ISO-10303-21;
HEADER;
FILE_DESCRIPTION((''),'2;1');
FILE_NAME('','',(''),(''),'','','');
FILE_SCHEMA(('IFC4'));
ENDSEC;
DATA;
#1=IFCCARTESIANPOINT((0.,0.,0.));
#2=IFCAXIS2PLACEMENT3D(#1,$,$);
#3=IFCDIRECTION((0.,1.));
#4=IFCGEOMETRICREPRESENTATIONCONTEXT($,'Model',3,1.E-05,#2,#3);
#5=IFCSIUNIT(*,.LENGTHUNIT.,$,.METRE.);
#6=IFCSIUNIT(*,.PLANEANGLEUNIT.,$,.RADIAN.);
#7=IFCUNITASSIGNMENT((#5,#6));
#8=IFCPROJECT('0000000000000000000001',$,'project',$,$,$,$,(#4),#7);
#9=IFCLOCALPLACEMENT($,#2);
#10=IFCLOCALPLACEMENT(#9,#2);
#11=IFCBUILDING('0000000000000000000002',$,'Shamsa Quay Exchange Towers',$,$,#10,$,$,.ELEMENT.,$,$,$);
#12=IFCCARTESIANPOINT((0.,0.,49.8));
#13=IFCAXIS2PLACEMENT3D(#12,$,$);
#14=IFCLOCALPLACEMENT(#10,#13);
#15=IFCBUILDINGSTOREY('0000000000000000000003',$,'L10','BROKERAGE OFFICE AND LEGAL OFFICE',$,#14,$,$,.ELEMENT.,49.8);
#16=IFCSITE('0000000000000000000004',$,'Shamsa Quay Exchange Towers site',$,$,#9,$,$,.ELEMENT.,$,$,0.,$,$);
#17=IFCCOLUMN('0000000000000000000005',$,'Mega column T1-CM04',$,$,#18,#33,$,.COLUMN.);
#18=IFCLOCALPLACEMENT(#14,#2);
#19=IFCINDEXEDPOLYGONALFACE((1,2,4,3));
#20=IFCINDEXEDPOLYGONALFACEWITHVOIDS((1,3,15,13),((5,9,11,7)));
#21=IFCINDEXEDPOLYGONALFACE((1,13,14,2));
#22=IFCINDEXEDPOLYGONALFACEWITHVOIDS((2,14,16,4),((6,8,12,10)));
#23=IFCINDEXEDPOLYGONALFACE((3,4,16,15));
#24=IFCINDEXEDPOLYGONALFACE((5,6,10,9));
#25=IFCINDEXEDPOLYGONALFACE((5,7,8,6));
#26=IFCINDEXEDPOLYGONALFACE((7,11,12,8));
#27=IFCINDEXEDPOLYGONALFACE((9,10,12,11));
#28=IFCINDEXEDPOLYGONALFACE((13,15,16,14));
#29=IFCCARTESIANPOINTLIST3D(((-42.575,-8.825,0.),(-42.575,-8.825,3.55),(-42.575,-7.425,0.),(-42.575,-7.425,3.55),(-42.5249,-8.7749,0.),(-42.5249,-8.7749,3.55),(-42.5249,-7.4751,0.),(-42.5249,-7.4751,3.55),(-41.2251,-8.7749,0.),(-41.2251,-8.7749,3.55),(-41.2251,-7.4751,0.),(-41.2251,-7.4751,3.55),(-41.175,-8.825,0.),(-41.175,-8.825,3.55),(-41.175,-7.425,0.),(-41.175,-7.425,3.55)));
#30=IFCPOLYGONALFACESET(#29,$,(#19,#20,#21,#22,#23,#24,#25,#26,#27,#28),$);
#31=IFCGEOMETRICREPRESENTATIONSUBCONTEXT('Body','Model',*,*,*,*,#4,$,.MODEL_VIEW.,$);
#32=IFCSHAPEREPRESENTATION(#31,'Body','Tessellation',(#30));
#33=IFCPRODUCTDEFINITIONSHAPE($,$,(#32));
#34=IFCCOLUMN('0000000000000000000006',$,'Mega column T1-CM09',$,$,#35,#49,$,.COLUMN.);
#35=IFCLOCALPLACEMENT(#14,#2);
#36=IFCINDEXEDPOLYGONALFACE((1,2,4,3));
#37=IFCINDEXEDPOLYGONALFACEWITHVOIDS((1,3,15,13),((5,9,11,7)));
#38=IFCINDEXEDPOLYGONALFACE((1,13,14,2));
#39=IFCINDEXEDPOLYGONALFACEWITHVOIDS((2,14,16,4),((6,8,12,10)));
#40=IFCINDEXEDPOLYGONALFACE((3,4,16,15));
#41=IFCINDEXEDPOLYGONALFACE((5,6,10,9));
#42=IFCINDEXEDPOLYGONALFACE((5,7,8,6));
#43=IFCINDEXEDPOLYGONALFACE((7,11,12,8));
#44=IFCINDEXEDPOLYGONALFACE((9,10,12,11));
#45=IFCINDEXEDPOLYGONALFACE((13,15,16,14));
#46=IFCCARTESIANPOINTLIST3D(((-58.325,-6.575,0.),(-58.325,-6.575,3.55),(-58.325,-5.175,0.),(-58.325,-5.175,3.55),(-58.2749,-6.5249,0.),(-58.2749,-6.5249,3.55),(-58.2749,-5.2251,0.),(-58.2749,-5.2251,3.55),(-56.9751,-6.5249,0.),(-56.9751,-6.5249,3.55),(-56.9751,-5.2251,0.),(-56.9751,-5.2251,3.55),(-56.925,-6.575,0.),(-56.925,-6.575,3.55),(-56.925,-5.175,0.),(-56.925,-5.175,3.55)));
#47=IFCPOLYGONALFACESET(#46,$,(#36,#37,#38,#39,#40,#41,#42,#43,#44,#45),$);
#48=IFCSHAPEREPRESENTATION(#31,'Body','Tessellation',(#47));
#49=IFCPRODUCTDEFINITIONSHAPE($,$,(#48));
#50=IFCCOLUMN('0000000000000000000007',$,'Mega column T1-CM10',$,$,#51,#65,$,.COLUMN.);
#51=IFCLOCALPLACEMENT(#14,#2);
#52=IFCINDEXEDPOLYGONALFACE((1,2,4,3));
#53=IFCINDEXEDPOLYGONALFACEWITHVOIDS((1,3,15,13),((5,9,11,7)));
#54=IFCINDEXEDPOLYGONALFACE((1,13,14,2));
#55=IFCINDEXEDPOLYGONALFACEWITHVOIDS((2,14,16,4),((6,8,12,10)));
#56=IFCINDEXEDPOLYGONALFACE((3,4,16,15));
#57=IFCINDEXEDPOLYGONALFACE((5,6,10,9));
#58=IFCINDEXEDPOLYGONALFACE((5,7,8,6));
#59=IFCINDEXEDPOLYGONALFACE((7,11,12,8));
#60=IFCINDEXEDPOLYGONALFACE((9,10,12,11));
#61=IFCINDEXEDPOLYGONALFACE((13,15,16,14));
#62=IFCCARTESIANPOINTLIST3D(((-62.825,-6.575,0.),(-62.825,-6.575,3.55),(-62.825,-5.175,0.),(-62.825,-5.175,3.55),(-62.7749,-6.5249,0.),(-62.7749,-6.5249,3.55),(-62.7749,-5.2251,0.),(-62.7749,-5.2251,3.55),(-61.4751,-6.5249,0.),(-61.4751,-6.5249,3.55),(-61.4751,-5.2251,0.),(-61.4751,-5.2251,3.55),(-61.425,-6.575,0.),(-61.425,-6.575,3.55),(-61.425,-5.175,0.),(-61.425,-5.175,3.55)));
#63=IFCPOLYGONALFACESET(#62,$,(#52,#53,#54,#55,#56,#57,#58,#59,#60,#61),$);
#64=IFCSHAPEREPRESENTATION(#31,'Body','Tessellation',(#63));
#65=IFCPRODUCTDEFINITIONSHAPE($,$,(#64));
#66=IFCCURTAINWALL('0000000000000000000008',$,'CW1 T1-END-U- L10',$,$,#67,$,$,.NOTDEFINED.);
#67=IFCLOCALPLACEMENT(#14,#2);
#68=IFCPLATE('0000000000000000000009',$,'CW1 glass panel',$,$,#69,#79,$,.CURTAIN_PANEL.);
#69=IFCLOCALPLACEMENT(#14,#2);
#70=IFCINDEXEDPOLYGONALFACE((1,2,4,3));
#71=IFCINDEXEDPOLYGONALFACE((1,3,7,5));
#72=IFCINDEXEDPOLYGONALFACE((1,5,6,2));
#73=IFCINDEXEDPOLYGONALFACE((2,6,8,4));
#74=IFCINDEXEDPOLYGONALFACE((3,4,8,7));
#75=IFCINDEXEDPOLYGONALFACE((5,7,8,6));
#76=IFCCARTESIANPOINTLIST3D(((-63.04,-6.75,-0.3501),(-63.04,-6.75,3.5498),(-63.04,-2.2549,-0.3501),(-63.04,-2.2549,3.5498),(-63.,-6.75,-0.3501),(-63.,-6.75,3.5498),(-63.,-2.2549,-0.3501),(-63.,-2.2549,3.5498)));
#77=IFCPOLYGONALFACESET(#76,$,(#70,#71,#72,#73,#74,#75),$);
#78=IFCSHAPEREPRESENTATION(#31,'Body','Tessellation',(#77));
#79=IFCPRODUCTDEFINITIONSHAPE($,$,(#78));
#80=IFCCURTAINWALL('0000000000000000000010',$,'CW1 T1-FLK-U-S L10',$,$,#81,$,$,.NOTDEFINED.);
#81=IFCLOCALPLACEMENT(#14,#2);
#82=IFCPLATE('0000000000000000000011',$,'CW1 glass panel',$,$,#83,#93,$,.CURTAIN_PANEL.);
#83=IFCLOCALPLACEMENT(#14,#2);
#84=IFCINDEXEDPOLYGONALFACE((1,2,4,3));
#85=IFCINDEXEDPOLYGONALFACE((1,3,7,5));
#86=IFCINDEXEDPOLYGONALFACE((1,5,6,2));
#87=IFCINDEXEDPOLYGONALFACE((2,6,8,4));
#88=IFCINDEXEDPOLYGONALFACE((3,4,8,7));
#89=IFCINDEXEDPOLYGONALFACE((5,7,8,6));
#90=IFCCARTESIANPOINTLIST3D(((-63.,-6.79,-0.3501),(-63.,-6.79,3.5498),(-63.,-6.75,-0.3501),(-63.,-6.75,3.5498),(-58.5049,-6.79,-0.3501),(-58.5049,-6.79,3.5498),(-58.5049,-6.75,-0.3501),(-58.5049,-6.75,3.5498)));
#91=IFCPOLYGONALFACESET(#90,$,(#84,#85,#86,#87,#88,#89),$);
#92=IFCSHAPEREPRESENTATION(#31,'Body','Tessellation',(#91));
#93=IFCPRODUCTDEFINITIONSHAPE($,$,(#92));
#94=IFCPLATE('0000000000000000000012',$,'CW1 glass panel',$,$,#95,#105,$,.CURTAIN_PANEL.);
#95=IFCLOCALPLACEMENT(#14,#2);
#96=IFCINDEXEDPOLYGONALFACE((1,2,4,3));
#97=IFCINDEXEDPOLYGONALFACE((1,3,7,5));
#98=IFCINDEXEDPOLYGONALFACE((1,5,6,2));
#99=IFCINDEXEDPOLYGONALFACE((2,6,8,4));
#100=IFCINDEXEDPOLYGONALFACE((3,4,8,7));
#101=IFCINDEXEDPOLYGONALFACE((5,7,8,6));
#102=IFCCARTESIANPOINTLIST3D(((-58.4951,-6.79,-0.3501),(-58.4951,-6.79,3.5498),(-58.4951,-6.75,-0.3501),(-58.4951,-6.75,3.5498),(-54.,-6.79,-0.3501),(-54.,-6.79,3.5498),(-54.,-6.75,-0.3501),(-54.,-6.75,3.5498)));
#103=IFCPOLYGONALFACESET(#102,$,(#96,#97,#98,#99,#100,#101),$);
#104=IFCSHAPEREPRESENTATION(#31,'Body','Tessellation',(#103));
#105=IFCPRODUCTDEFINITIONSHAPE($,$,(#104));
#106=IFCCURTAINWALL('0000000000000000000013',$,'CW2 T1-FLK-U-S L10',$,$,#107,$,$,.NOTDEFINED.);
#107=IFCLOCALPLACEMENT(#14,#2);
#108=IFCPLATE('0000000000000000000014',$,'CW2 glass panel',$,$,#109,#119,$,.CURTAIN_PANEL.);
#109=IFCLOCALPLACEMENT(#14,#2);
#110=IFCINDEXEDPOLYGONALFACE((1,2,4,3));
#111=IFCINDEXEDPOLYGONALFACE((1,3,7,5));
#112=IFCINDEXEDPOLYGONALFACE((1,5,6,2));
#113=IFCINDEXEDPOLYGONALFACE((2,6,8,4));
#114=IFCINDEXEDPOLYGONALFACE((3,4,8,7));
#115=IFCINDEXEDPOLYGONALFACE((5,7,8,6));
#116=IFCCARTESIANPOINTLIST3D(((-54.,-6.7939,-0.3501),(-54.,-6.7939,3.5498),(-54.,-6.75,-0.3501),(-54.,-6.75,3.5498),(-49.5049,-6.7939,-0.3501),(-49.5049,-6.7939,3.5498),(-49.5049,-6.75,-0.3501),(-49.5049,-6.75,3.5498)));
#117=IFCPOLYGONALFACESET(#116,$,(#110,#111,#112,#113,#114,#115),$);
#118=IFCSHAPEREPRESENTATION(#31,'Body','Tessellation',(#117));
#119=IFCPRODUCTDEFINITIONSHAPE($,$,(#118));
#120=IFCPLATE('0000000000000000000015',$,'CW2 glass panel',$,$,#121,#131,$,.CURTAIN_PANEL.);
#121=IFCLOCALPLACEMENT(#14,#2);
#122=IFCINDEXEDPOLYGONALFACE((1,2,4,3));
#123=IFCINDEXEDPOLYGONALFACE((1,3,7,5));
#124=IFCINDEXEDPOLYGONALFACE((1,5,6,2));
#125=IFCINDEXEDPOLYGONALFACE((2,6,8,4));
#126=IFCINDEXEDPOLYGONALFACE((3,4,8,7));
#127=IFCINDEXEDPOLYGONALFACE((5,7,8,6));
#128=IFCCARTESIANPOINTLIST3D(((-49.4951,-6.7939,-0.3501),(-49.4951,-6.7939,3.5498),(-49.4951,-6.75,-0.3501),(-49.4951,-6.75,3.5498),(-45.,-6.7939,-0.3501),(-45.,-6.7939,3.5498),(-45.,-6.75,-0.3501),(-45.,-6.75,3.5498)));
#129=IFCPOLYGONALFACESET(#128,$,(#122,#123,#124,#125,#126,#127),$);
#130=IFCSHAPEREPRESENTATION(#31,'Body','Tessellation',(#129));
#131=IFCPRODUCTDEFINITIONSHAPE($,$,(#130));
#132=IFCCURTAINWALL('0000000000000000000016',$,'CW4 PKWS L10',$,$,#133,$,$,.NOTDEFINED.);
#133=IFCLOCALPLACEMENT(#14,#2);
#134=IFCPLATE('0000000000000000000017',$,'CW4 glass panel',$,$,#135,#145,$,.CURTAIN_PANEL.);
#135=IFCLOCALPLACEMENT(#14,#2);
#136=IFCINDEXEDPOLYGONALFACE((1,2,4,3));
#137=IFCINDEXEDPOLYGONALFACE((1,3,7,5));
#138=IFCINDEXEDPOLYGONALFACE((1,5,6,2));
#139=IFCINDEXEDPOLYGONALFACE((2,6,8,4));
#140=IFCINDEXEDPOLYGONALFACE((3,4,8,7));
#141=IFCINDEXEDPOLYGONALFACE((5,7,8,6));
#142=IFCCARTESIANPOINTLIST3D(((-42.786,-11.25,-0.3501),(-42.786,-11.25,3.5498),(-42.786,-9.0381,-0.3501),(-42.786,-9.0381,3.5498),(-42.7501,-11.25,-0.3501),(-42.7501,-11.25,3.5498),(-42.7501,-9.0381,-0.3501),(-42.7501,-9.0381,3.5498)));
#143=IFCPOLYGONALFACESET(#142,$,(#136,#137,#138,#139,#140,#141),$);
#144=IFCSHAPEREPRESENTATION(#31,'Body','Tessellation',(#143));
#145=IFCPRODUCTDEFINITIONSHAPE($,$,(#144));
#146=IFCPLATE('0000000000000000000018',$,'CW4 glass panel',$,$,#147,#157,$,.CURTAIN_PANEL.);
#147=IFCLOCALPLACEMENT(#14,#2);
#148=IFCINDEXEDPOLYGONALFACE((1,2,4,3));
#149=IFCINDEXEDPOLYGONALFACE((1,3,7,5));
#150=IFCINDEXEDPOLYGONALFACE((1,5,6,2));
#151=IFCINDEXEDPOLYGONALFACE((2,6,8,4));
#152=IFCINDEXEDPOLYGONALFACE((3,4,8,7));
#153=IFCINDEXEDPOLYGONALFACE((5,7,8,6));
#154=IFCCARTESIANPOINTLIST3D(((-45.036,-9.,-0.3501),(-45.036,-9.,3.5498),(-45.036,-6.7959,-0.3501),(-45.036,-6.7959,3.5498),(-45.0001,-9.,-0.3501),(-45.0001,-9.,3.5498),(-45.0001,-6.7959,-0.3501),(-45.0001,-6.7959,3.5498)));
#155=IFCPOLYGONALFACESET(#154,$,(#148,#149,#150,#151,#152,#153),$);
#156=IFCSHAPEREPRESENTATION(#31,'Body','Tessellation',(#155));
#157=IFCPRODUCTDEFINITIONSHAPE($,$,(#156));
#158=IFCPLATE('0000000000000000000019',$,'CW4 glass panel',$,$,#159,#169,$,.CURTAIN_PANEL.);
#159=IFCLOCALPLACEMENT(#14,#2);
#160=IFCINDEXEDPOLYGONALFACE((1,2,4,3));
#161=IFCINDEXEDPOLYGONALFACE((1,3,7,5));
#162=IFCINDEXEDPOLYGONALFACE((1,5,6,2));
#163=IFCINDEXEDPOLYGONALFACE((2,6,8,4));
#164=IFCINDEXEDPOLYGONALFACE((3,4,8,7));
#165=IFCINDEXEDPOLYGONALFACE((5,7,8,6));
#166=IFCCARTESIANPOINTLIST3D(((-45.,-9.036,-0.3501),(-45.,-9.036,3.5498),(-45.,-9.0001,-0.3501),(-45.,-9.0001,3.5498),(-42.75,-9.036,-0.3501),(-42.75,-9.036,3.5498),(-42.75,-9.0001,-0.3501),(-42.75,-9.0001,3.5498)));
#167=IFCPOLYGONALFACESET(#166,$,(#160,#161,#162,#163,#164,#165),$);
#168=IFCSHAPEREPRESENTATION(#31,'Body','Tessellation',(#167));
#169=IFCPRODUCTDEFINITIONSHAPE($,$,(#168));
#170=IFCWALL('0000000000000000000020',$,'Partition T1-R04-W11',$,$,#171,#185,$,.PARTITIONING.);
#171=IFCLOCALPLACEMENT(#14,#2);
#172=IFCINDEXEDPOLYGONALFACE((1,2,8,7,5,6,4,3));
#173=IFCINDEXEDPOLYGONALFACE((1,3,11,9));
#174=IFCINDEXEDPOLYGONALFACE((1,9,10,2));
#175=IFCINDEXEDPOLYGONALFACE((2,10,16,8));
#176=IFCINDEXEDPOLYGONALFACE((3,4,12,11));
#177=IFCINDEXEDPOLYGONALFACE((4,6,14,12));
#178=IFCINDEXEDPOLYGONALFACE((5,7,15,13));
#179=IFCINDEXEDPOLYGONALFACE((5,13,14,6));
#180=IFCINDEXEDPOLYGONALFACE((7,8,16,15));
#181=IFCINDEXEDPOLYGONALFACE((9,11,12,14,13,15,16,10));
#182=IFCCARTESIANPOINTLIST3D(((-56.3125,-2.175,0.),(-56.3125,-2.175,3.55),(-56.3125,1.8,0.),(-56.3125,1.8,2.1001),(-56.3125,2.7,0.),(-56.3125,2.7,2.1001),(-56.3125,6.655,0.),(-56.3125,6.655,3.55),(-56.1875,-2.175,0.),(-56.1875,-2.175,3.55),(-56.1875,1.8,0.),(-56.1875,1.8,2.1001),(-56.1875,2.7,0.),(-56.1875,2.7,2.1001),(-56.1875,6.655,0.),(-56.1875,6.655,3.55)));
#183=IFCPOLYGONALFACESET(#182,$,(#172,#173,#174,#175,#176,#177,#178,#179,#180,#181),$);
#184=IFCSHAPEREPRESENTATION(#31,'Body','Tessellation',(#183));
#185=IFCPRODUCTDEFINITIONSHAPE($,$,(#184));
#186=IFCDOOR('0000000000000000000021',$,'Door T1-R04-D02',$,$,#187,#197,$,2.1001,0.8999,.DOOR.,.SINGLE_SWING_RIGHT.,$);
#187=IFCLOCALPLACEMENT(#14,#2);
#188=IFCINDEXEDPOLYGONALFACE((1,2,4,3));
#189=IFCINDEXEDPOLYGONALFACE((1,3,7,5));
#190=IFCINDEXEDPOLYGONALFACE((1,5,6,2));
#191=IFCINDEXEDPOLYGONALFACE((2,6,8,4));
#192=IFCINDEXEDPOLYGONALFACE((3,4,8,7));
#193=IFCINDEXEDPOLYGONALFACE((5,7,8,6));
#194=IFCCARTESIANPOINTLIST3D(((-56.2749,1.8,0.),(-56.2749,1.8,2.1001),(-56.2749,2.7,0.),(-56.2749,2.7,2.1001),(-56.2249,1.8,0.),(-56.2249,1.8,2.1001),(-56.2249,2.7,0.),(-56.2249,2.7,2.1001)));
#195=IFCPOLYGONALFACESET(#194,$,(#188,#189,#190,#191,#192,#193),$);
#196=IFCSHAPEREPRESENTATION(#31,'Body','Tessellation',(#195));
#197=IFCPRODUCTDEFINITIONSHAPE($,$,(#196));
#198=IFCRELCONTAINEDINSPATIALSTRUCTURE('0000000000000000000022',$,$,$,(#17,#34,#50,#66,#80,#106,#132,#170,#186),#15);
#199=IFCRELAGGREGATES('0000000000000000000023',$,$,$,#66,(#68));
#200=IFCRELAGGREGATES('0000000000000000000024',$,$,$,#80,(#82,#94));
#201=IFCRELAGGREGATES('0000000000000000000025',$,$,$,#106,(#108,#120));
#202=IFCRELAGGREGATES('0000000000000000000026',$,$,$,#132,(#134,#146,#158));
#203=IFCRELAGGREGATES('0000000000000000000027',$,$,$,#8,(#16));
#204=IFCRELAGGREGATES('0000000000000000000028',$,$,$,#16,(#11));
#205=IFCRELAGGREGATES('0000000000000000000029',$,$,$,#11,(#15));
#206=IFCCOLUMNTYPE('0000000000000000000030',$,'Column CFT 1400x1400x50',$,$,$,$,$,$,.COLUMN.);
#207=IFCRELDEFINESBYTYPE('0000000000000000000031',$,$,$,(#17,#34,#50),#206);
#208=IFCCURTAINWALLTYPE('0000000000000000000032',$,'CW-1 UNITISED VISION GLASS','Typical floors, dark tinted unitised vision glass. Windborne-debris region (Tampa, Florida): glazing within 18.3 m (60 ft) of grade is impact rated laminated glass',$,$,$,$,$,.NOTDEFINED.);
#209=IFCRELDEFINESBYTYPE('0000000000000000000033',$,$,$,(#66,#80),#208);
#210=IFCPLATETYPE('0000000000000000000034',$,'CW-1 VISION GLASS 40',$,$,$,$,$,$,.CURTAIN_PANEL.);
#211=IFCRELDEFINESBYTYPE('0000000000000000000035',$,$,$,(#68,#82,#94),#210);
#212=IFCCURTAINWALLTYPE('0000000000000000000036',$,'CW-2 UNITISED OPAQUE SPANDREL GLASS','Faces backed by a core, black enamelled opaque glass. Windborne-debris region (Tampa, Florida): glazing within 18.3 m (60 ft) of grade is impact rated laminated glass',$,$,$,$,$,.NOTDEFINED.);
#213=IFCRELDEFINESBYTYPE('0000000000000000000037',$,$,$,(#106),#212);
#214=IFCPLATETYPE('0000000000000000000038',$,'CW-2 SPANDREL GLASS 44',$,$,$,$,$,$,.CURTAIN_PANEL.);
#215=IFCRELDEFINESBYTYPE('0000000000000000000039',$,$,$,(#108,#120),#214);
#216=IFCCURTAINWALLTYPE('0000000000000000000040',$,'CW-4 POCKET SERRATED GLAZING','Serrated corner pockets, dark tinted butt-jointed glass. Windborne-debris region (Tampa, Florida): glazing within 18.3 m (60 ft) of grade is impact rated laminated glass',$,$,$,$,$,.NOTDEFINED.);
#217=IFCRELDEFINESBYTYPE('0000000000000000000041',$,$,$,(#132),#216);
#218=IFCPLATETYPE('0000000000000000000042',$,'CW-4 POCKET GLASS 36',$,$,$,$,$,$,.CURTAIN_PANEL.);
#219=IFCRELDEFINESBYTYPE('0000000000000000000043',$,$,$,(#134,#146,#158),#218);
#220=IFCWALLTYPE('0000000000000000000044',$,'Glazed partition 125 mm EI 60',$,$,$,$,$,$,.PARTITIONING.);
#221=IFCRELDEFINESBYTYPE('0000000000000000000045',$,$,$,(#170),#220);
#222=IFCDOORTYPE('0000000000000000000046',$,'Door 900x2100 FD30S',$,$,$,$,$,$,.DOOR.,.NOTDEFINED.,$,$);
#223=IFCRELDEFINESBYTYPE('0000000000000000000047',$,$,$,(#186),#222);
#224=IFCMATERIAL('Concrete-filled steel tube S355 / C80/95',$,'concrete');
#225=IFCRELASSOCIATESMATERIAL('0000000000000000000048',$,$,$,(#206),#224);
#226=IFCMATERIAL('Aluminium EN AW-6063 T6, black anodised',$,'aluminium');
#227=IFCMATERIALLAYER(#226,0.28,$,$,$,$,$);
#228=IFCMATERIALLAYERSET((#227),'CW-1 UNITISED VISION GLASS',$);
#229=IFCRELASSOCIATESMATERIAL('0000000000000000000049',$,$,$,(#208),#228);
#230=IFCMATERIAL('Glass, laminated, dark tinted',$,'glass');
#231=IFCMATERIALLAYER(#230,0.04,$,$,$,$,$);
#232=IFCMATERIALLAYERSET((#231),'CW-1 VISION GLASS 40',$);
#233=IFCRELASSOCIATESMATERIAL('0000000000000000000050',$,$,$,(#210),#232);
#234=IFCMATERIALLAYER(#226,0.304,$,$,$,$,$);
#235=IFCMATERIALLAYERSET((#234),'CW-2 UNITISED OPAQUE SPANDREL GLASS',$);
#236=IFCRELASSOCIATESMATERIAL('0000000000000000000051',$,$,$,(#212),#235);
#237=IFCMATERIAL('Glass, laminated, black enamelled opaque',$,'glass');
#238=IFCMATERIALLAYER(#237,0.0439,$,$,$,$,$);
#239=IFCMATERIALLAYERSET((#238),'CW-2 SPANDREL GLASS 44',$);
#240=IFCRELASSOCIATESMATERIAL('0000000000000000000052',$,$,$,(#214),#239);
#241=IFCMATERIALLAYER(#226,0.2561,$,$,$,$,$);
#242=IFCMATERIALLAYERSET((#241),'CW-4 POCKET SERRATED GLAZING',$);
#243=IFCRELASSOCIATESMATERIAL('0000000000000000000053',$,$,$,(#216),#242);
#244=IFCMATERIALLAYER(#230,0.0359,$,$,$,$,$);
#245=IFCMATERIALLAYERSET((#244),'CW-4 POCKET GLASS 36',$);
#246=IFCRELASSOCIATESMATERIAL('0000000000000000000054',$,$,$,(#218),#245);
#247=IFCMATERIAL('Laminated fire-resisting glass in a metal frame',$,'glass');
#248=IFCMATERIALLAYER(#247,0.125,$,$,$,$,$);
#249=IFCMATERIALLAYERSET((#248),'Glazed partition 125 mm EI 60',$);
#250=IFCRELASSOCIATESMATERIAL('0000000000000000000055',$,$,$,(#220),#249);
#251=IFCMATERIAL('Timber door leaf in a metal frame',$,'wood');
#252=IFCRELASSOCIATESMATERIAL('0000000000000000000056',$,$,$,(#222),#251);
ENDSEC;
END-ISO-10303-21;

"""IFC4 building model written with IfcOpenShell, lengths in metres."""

from ifc_helpers import new_model, si_unit, direction, frame, frame_2d, origin, origin_2d, place, context, subcontext, project, spatial, rectangle, hollow_rectangle, extrude, material, layer, layer_set, material_profile, profile_set, type_object, element, fill, aggregate, save


model = new_model("IFC4")

# Units and contexts
model_context = context("Model", 3, precision=1e-05, world=origin(), true_north=direction((0.0, 1.0)))
body_context = subcontext(model_context, "Body", "Model", "MODEL_VIEW")
ifc_project = project(units=[si_unit("LENGTHUNIT", "METRE"), si_unit("PLANEANGLEUNIT", "RADIAN")], contexts=[model_context])

# Site, building, storey
site_placement = place(None, origin())
site = spatial("IfcSite", under=ifc_project, at=site_placement, Name="Shamsa Quay Exchange Towers site", CompositionType="ELEMENT", RefElevation=0.0)
building_placement = place(site_placement, origin())
building = spatial("IfcBuilding", under=site, at=building_placement, Name="Shamsa Quay Exchange Towers", CompositionType="ELEMENT")
storey_placement = place(building_placement, frame((0.0, 0.0, 49.8)))
storey = spatial("IfcBuildingStorey", under=building, at=storey_placement, Name="L10", Description="BROKERAGE OFFICE AND LEGAL OFFICE", CompositionType="ELEMENT", Elevation=49.8)

# Columns
ifc_material_1 = material(Name="Concrete-filled steel tube S355 / C80/95", Category="concrete")
ifc_material_profile = material_profile(ifc_material_1, hollow_rectangle(XDim=1.3999, YDim=1.3999, WallThickness=0.05, at=origin_2d()), Name="CFT 1400x1400x50")
ifc_profile_set = profile_set([ifc_material_profile], Name="Concrete-filled steel tube S355 / C80/95")
column_type = type_object("IfcColumnType", Name="Column CFT 1400x1400x50", PredefinedType="COLUMN", material=ifc_profile_set)
for number, where, name in (
    (1, (-41.875, -8.125, 0.0), "Mega column T1-CM04"),
    (2, (-57.625, -5.875, 0.0), "Mega column T1-CM09"),
    (3, (-62.125, -5.875, 0.0), "Mega column T1-CM10"),
):
    element("IfcColumn", number, at=place(storey_placement, frame(where)), inside=storey, type_object=column_type, Name=name, PredefinedType="COLUMN", context=body_context, shape_type="SweptSolid", body=[
        extrude(hollow_rectangle(XDim=1.3999, YDim=1.3999, WallThickness=0.05, at=origin_2d()), origin(), (0.0, 0.0, 1.0), 3.55),
    ])

# Curtain wall, plate
ifc_material_2 = material(Name="Aluminium EN AW-6063 T6, black anodised", Category="aluminium")
ifc_layer_1 = layer(ifc_material_2, 0.28)
ifc_layer_set_1 = layer_set([ifc_layer_1], Name="CW-1 UNITISED VISION GLASS")
curtain_wall_type_1 = type_object("IfcCurtainWallType", Name="CW-1 UNITISED VISION GLASS", Description="Typical floors, dark tinted unitised vision glass. Windborne-debris region (Tampa, Florida): glazing within 18.3 m (60 ft) of grade is impact rated laminated glass", PredefinedType="NOTDEFINED", material=ifc_layer_set_1)
curtain_wall_1_placement = place(storey_placement, origin())
curtain_wall_1 = element("IfcCurtainWall", 4, at=curtain_wall_1_placement, inside=storey, type_object=curtain_wall_type_1, Name="CW1 T1-END-U- L10", PredefinedType="NOTDEFINED")
ifc_material_3 = material(Name="Glass, laminated, dark tinted", Category="glass")
ifc_layer_2 = layer(ifc_material_3, 0.04)
ifc_layer_set_2 = layer_set([ifc_layer_2], Name="CW-1 VISION GLASS 40")
plate_type_1 = type_object("IfcPlateType", Name="CW-1 VISION GLASS 40", PredefinedType="CURTAIN_PANEL", material=ifc_layer_set_2)
plate_1_placement = place(storey_placement, frame((-63.02, -4.5024, -0.3501), z_axis=(0.0, 0.0, 1.0), x_axis=(0.0, -1.0, 0.0)))
plate_1 = element("IfcPlate", 5, at=plate_1_placement, type_object=plate_type_1, Name="CW1 glass panel", PredefinedType="CURTAIN_PANEL", context=body_context, shape_type="SweptSolid", body=[
    extrude(rectangle(XDim=4.4951, YDim=0.04, at=origin_2d()), origin(), (0.0, 0.0, 1.0), 3.8999),
])
aggregate(curtain_wall_1, [plate_1])

# Curtain walls, plates
curtain_wall_2_placement = place(storey_placement, origin())
curtain_wall_2 = element("IfcCurtainWall", 6, at=curtain_wall_2_placement, inside=storey, type_object=curtain_wall_type_1, Name="CW1 T1-FLK-U-S L10", PredefinedType="NOTDEFINED")
plate_2_placement = place(storey_placement, frame((-60.7524, -6.77, -0.3501)))
plate_2 = element("IfcPlate", 7, at=plate_2_placement, type_object=plate_type_1, Name="CW1 glass panel", PredefinedType="CURTAIN_PANEL", context=body_context, shape_type="SweptSolid", body=[
    extrude(rectangle(XDim=4.4951, YDim=0.04, at=origin_2d()), origin(), (0.0, 0.0, 1.0), 3.8999),
])
plate_3_placement = place(storey_placement, frame((-56.2476, -6.77, -0.3501)))
plate_3 = element("IfcPlate", 8, at=plate_3_placement, type_object=plate_type_1, Name="CW1 glass panel", PredefinedType="CURTAIN_PANEL", context=body_context, shape_type="SweptSolid", body=[
    extrude(rectangle(XDim=4.4951, YDim=0.04, at=origin_2d()), origin(), (0.0, 0.0, 1.0), 3.8999),
])
aggregate(curtain_wall_2, [plate_2, plate_3])
ifc_layer_3 = layer(ifc_material_2, 0.304)
ifc_layer_set_3 = layer_set([ifc_layer_3], Name="CW-2 UNITISED OPAQUE SPANDREL GLASS")
curtain_wall_type_2 = type_object("IfcCurtainWallType", Name="CW-2 UNITISED OPAQUE SPANDREL GLASS", Description="Faces backed by a core, black enamelled opaque glass. Windborne-debris region (Tampa, Florida): glazing within 18.3 m (60 ft) of grade is impact rated laminated glass", PredefinedType="NOTDEFINED", material=ifc_layer_set_3)
curtain_wall_3_placement = place(storey_placement, origin())
curtain_wall_3 = element("IfcCurtainWall", 9, at=curtain_wall_3_placement, inside=storey, type_object=curtain_wall_type_2, Name="CW2 T1-FLK-U-S L10", PredefinedType="NOTDEFINED")
ifc_material_4 = material(Name="Glass, laminated, black enamelled opaque", Category="glass")
ifc_layer_4 = layer(ifc_material_4, 0.0439)
ifc_layer_set_4 = layer_set([ifc_layer_4], Name="CW-2 SPANDREL GLASS 44")
plate_type_2 = type_object("IfcPlateType", Name="CW-2 SPANDREL GLASS 44", PredefinedType="CURTAIN_PANEL", material=ifc_layer_set_4)
plate_4_placement = place(storey_placement, frame((-51.7524, -6.772, -0.3501)))
plate_4 = element("IfcPlate", 10, at=plate_4_placement, type_object=plate_type_2, Name="CW2 glass panel", PredefinedType="CURTAIN_PANEL", context=body_context, shape_type="SweptSolid", body=[
    extrude(rectangle(XDim=4.4951, YDim=0.0439, at=origin_2d()), origin(), (0.0, 0.0, 1.0), 3.8999),
])
plate_5_placement = place(storey_placement, frame((-47.2476, -6.772, -0.3501)))
plate_5 = element("IfcPlate", 11, at=plate_5_placement, type_object=plate_type_2, Name="CW2 glass panel", PredefinedType="CURTAIN_PANEL", context=body_context, shape_type="SweptSolid", body=[
    extrude(rectangle(XDim=4.4951, YDim=0.0439, at=origin_2d()), origin(), (0.0, 0.0, 1.0), 3.8999),
])
aggregate(curtain_wall_3, [plate_4, plate_5])
ifc_layer_5 = layer(ifc_material_2, 0.2561)
ifc_layer_set_5 = layer_set([ifc_layer_5], Name="CW-4 POCKET SERRATED GLAZING")
curtain_wall_type_3 = type_object("IfcCurtainWallType", Name="CW-4 POCKET SERRATED GLAZING", Description="Serrated corner pockets, dark tinted butt-jointed glass. Windborne-debris region (Tampa, Florida): glazing within 18.3 m (60 ft) of grade is impact rated laminated glass", PredefinedType="NOTDEFINED", material=ifc_layer_set_5)
curtain_wall_4_placement = place(storey_placement, origin())
curtain_wall_4 = element("IfcCurtainWall", 12, at=curtain_wall_4_placement, inside=storey, type_object=curtain_wall_type_3, Name="CW4 PKWS L10", PredefinedType="NOTDEFINED")
ifc_layer_6 = layer(ifc_material_3, 0.0359)
ifc_layer_set_6 = layer_set([ifc_layer_6], Name="CW-4 POCKET GLASS 36")
plate_type_3 = type_object("IfcPlateType", Name="CW-4 POCKET GLASS 36", PredefinedType="CURTAIN_PANEL", material=ifc_layer_set_6)
plate_6_placement = place(storey_placement, frame((-42.7681, -10.144, -0.3501), z_axis=(0.0, 0.0, 1.0), x_axis=(0.0, -1.0, 0.0)))
plate_6 = element("IfcPlate", 13, at=plate_6_placement, type_object=plate_type_3, Name="CW4 glass panel", PredefinedType="CURTAIN_PANEL", context=body_context, shape_type="SweptSolid", body=[
    extrude(rectangle(XDim=2.2119, YDim=0.0359, at=origin_2d()), origin(), (0.0, 0.0, 1.0), 3.8999),
])
plate_7_placement = place(storey_placement, frame((-45.0181, -7.8979, -0.3501), z_axis=(0.0, 0.0, 1.0), x_axis=(0.0, -1.0, 0.0)))
plate_7 = element("IfcPlate", 14, at=plate_7_placement, type_object=plate_type_3, Name="CW4 glass panel", PredefinedType="CURTAIN_PANEL", context=body_context, shape_type="SweptSolid", body=[
    extrude(rectangle(XDim=2.2041, YDim=0.0359, at=origin_2d()), origin(), (0.0, 0.0, 1.0), 3.8999),
])
plate_8_placement = place(storey_placement, frame((-43.875, -9.0181, -0.3501)))
plate_8 = element("IfcPlate", 15, at=plate_8_placement, type_object=plate_type_3, Name="CW4 glass panel", PredefinedType="CURTAIN_PANEL", context=body_context, shape_type="SweptSolid", body=[
    extrude(rectangle(XDim=2.25, YDim=0.0359, at=origin_2d()), origin(), (0.0, 0.0, 1.0), 3.8999),
])
aggregate(curtain_wall_4, [plate_6, plate_7, plate_8])

# Wall, opening, door
ifc_material_5 = material(Name="Laminated fire-resisting glass in a metal frame", Category="glass")
ifc_layer_7 = layer(ifc_material_5, 0.125)
ifc_layer_set_7 = layer_set([ifc_layer_7], Name="Glazed partition 125 mm EI 60")
wall_type_1 = type_object("IfcWallType", Name="Glazed partition 125 mm EI 60", PredefinedType="PARTITIONING", material=ifc_layer_set_7)
wall_1_placement = place(storey_placement, frame((-56.25, -2.175, 0.0), z_axis=(0.0, 0.0, 1.0), x_axis=(0.0, 1.0, 0.0)))
wall_1 = element("IfcWall", 16, at=wall_1_placement, inside=storey, type_object=wall_type_1, Name="Partition T1-R04-W11", PredefinedType="PARTITIONING", context=body_context, shape_type="SweptSolid", body=[
    extrude(rectangle(XDim=8.8301, YDim=0.125, at=frame_2d((4.415, 0.0))), origin(), (0.0, 0.0, 1.0), 3.55),
])
opening_1_placement = place(wall_1_placement, frame((3.9751, 0.0, 0.0)))
opening_1 = element("IfcOpeningElement", 17, at=opening_1_placement, cuts=wall_1, PredefinedType="OPENING", context=body_context, shape_type="SweptSolid", body=[
    extrude(rectangle(XDim=0.8999, YDim=2.1001, at=frame_2d((0.45, 1.05))), frame((0.0, 0.0725, 0.0), z_axis=(0.0, -1.0, 0.0), x_axis=(1.0, 0.0, 0.0)), (0.0, 0.0, 1.0), 0.145),
])
ifc_material_6 = material(Name="Timber door leaf in a metal frame", Category="wood")
door_type_1 = type_object("IfcDoorType", Name="Door 900x2100 FD30S", OperationType="NOTDEFINED", PredefinedType="DOOR", material=ifc_material_6)
door_1_placement = place(opening_1_placement, origin())
door_1 = element("IfcDoor", 18, at=door_1_placement, inside=storey, type_object=door_type_1, Name="Door T1-R04-D02", OperationType="SINGLE_SWING_RIGHT", OverallHeight=2.1001, OverallWidth=0.8999, PredefinedType="DOOR", context=body_context, shape_type="SweptSolid", body=[
    extrude(rectangle(XDim=0.8999, YDim=2.1001, at=frame_2d((0.45, 1.05))), frame((0.0, 0.0249, 0.0), z_axis=(0.0, -1.0, 0.0), x_axis=(1.0, 0.0, 0.0)), (0.0, 0.0, 1.0), 0.05),
])
fill(opening_1, door_1)

save(model, "model.ifc")
